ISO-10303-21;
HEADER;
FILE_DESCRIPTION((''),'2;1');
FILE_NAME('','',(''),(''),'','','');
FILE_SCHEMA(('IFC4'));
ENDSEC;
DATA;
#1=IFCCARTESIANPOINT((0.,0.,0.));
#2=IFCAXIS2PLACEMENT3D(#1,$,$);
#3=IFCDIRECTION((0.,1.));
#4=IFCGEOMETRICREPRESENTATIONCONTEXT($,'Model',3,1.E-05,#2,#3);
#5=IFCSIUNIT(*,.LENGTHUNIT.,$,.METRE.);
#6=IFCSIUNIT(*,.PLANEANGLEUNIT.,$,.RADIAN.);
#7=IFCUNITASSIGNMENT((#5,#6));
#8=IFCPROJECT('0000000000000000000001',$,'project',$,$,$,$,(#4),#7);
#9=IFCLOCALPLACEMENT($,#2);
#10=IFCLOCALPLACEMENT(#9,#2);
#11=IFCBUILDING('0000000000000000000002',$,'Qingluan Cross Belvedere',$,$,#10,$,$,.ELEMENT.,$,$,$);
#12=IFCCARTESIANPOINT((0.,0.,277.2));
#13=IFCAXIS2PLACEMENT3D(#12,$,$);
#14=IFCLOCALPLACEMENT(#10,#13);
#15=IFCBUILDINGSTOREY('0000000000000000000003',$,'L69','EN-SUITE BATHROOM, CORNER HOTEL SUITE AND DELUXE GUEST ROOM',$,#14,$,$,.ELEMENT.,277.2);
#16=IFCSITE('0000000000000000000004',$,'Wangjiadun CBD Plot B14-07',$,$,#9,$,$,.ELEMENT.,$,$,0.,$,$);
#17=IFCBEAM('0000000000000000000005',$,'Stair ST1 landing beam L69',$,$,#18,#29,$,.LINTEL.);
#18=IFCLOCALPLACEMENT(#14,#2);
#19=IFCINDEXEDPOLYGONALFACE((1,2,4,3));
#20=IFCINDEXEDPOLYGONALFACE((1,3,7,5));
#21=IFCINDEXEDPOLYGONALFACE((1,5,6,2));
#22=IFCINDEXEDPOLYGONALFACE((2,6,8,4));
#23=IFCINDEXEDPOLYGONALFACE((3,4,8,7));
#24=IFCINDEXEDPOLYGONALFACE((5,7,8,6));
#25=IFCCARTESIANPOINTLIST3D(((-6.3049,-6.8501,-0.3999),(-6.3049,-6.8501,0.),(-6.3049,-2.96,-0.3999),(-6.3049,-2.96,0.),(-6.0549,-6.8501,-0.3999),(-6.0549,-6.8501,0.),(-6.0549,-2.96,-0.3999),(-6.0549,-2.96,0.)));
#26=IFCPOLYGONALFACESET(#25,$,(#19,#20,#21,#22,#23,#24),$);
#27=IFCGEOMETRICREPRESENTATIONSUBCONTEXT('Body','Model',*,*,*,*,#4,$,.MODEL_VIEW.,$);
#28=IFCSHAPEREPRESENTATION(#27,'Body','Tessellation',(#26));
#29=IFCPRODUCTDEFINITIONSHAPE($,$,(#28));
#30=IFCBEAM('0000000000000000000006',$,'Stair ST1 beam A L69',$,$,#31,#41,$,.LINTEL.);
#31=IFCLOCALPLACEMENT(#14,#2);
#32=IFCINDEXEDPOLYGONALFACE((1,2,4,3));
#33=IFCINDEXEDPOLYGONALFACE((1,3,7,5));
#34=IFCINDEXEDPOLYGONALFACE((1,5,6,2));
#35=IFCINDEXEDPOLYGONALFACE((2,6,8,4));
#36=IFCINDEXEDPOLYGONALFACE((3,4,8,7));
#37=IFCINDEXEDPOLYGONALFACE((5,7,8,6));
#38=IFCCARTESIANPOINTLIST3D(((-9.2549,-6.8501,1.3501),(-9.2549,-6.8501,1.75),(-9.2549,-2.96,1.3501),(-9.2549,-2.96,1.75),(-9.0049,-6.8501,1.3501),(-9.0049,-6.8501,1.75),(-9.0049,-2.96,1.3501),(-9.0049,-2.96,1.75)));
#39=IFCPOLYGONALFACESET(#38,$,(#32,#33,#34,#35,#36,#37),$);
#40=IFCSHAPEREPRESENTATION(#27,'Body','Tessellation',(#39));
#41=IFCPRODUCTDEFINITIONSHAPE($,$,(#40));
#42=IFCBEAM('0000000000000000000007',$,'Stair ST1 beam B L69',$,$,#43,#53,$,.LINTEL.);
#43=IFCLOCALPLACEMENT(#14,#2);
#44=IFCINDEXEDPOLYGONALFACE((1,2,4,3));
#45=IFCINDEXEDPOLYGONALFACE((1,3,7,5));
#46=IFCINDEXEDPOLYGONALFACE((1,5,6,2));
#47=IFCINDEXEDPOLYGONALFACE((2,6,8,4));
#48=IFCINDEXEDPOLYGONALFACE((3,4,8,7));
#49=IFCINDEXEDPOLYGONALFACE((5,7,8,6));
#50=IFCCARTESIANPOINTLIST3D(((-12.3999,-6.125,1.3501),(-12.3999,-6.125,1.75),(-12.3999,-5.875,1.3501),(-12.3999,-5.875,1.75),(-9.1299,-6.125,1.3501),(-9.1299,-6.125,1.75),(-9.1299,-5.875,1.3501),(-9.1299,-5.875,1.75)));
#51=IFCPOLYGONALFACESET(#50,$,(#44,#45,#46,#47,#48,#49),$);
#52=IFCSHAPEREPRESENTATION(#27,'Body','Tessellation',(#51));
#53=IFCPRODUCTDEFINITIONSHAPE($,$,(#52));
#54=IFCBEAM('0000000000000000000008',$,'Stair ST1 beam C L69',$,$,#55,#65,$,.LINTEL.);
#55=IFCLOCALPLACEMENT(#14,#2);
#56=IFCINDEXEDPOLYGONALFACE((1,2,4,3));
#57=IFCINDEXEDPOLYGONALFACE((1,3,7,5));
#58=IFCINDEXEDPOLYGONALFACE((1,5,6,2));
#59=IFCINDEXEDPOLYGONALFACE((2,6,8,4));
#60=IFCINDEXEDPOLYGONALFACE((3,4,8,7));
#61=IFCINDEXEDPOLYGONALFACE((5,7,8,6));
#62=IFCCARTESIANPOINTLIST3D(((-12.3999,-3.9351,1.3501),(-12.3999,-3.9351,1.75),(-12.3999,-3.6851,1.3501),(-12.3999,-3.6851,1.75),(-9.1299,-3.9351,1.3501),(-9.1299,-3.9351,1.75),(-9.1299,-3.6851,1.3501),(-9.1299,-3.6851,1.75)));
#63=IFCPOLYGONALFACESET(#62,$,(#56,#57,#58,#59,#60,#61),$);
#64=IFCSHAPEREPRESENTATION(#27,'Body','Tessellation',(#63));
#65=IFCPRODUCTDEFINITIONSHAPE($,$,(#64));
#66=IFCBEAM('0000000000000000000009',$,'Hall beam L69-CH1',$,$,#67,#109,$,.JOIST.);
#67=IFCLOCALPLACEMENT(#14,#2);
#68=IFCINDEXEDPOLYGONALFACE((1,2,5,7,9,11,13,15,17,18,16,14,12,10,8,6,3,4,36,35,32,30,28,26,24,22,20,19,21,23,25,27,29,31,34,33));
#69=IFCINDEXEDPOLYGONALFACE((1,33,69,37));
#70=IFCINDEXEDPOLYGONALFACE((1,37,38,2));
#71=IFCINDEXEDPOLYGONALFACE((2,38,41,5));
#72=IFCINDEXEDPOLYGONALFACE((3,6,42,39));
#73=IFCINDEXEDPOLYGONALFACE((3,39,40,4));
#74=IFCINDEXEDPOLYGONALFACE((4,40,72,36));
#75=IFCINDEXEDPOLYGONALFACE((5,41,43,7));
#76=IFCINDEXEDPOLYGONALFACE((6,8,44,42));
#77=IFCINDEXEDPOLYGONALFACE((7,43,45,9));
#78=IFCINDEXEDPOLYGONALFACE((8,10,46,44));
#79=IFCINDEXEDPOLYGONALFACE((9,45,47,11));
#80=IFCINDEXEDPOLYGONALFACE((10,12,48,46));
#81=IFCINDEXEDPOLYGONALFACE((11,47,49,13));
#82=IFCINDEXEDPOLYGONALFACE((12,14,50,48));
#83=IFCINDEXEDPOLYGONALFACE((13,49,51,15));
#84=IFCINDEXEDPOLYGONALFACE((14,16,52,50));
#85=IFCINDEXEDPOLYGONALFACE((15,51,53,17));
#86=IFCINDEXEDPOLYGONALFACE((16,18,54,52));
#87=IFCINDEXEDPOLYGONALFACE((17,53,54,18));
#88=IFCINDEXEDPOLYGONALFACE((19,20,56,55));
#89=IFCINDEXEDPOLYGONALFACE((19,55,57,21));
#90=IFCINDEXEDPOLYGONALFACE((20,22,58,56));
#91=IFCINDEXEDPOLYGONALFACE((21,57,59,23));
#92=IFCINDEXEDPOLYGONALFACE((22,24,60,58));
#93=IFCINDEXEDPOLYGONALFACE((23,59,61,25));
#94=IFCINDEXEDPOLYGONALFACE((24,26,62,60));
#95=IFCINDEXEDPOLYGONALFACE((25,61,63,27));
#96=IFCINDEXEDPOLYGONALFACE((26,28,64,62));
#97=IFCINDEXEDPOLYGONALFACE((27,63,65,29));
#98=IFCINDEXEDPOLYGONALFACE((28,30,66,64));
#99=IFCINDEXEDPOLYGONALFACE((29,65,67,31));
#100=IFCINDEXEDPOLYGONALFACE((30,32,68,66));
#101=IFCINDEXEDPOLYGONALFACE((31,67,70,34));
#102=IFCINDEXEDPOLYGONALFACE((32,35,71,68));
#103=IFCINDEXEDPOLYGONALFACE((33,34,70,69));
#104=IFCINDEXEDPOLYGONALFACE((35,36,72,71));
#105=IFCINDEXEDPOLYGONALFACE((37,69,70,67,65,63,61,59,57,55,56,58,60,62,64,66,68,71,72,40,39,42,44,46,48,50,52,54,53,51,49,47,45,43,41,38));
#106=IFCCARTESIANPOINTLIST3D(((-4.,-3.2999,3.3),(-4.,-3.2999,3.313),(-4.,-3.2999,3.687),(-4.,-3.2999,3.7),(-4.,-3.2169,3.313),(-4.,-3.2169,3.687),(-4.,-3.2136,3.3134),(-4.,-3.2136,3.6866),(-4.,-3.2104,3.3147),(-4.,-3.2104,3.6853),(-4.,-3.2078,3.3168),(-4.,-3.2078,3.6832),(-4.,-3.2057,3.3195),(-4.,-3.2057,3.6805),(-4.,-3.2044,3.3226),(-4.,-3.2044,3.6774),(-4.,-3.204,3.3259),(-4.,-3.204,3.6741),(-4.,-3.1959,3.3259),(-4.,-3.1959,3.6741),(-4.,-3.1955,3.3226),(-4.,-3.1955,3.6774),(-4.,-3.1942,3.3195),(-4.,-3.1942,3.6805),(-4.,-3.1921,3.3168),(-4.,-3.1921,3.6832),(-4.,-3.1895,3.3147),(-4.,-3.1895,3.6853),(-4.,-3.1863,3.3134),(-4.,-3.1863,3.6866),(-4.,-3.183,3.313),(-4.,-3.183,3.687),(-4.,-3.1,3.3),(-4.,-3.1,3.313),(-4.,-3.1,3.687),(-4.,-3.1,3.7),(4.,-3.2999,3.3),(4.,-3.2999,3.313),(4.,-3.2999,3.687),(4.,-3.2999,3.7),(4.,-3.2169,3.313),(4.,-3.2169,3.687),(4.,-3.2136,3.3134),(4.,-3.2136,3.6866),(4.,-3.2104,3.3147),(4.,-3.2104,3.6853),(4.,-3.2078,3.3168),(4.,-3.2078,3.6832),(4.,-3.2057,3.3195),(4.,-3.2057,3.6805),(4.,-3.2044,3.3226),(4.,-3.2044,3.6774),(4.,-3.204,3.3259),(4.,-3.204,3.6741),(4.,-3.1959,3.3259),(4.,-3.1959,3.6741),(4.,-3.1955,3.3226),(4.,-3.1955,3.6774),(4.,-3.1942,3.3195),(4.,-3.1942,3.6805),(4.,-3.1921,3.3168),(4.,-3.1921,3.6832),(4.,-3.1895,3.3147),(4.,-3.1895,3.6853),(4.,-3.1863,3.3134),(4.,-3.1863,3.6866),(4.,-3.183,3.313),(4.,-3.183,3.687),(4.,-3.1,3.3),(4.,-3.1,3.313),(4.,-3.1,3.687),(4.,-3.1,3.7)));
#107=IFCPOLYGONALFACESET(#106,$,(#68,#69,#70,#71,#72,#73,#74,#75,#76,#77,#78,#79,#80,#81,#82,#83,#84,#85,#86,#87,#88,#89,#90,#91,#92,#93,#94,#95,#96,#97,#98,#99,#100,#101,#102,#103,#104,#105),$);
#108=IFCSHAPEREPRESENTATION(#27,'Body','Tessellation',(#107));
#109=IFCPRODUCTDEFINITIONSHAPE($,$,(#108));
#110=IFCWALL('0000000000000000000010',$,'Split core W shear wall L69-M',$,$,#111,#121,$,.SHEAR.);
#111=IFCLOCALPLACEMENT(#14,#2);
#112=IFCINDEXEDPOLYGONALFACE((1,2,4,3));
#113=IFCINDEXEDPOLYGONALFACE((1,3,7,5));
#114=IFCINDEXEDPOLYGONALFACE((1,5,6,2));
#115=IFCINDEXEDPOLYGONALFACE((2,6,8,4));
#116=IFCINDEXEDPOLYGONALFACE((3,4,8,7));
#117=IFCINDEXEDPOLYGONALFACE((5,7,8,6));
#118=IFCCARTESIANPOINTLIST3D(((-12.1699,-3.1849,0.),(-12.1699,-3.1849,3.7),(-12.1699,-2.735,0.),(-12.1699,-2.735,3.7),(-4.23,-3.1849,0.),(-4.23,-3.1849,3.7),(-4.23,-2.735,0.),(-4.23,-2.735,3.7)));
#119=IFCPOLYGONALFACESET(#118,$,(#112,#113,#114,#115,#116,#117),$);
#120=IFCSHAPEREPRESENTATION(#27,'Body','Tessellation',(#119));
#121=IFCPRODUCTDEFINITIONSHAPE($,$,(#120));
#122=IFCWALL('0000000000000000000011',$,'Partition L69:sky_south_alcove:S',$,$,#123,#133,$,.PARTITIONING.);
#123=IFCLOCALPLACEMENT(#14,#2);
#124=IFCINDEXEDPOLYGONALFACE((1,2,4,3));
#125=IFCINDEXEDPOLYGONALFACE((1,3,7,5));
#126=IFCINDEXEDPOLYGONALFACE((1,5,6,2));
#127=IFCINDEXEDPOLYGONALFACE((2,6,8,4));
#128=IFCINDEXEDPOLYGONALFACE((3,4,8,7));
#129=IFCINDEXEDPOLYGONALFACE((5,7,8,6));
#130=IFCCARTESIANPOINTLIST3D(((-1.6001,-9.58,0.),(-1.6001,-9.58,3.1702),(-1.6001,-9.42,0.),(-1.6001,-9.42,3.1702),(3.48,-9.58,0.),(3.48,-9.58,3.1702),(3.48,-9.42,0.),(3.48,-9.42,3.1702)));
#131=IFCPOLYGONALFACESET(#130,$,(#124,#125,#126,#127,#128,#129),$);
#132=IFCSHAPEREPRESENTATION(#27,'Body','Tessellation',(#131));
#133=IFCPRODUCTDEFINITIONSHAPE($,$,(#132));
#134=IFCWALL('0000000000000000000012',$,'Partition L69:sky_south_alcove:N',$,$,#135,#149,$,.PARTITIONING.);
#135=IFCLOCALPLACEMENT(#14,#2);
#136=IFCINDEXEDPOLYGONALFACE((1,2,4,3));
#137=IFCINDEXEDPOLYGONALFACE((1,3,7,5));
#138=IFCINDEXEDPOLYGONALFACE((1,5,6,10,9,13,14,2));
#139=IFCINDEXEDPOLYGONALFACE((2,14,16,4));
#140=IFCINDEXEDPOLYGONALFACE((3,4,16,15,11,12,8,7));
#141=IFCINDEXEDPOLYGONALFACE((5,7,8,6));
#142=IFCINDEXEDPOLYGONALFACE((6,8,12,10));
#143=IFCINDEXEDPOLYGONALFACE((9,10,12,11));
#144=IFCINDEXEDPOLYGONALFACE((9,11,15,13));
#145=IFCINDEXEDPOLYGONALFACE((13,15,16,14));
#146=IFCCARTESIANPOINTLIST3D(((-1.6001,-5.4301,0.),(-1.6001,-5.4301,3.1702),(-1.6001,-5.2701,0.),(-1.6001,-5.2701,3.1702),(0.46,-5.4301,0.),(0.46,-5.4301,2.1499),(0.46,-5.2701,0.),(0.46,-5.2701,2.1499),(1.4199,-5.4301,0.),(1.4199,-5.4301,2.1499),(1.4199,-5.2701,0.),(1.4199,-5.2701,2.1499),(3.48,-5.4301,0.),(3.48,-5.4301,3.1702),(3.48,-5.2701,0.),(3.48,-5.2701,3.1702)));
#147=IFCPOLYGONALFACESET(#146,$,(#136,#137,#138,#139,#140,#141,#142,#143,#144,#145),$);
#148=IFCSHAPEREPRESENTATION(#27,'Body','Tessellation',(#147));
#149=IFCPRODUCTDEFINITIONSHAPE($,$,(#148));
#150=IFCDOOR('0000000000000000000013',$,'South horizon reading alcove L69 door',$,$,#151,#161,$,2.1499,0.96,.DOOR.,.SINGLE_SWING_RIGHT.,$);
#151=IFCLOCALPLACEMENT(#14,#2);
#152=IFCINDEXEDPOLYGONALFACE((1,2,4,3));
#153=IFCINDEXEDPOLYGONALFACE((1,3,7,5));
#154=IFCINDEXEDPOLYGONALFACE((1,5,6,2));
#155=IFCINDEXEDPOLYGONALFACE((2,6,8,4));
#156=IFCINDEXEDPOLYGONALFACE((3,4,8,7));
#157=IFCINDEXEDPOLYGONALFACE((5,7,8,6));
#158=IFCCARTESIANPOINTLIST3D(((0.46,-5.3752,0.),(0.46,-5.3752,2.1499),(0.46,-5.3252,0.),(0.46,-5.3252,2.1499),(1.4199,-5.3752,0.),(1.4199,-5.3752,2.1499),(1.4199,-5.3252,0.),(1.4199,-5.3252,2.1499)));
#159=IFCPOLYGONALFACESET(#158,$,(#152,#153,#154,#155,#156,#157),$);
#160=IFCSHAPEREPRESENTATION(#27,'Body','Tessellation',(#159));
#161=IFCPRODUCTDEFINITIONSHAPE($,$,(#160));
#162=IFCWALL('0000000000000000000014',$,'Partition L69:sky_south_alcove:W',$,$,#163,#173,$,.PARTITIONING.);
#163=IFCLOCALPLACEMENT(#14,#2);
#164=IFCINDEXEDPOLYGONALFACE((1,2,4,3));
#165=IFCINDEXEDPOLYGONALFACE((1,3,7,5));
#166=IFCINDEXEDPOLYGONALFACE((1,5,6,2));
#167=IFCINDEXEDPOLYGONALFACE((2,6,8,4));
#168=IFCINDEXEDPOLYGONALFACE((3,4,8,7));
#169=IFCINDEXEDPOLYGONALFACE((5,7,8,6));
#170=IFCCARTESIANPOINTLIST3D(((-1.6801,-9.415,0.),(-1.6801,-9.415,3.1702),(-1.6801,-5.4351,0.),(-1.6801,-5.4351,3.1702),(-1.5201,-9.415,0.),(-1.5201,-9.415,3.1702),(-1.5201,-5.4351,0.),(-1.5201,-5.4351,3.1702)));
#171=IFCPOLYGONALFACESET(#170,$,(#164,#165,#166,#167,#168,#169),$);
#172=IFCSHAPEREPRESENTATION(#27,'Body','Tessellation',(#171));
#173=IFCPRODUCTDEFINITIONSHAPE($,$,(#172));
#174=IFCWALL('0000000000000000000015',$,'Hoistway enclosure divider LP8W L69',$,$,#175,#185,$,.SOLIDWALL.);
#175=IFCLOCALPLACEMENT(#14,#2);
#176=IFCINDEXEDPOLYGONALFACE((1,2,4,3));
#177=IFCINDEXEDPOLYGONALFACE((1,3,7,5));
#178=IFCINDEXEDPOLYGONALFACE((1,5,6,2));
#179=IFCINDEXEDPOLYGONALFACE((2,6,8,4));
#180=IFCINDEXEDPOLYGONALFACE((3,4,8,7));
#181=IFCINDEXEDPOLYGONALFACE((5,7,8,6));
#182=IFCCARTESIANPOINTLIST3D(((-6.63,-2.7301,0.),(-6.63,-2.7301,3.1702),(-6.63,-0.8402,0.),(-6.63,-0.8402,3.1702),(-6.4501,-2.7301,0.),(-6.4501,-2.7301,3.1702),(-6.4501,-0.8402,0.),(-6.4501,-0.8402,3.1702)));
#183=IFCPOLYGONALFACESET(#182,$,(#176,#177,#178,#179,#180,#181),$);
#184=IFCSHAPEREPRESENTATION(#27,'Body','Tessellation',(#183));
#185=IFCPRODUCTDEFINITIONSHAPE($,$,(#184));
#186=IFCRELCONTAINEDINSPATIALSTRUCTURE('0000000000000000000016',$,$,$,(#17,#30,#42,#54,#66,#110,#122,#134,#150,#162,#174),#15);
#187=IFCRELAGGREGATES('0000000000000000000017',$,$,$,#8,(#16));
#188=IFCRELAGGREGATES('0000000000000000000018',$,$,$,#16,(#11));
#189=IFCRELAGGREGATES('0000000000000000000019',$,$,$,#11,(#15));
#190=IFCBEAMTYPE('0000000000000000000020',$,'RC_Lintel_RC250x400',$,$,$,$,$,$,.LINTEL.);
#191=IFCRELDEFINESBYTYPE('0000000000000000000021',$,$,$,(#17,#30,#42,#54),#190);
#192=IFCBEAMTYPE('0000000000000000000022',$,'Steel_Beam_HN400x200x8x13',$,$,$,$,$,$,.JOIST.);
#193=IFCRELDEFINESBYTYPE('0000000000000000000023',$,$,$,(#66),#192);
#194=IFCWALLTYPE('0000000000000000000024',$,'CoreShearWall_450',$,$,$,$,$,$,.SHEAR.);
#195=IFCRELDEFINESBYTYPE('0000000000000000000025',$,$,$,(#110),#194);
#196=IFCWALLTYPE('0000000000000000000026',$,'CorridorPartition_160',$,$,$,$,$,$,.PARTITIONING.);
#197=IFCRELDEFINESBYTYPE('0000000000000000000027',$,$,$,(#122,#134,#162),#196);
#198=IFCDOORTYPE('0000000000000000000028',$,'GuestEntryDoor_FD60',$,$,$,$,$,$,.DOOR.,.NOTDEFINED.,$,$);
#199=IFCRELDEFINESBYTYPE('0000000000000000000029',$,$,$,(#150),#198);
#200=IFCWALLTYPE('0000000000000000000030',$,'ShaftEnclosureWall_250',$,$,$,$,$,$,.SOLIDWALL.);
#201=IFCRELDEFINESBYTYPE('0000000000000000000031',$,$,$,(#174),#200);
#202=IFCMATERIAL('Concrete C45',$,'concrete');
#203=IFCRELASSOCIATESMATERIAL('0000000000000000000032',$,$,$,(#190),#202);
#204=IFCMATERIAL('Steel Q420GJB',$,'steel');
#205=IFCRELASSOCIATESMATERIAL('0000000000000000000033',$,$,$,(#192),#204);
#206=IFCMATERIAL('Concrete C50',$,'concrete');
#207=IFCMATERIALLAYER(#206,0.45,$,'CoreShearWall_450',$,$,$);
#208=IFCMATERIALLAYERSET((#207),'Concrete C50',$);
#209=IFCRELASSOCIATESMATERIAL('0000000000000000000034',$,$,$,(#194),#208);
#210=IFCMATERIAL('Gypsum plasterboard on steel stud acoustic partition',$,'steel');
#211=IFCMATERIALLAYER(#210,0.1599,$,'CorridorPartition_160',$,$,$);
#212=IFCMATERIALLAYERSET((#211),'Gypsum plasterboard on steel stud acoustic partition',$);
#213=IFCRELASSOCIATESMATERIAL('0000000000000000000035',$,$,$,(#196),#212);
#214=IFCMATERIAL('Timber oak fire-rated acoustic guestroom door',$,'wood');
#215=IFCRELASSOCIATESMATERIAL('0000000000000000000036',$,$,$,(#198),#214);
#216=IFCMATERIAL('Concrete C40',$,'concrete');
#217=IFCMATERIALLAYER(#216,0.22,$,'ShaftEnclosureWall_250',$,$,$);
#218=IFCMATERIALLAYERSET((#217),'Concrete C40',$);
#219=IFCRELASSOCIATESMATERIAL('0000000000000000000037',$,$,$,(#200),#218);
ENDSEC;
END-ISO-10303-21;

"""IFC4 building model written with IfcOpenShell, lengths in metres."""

from ifc_helpers import new_model, si_unit, direction, frame, frame_2d, origin, origin_2d, place, context, subcontext, project, spatial, rectangle, i_section, extrude, material, layer, layer_set, material_profile, profile_set, type_object, element, fill, save


model = new_model("IFC4")

# Units and contexts
model_context = context("Model", 3, precision=1e-05, world=origin(), true_north=direction((0.0, 1.0)))
body_context = subcontext(model_context, "Body", "Model", "MODEL_VIEW")
ifc_project = project(units=[si_unit("LENGTHUNIT", "METRE"), si_unit("PLANEANGLEUNIT", "RADIAN")], contexts=[model_context])

# Site, building, storey
site_placement = place(None, origin())
site = spatial("IfcSite", under=ifc_project, at=site_placement, Name="Wangjiadun CBD Plot B14-07", CompositionType="ELEMENT", RefElevation=0.0)
building_placement = place(site_placement, origin())
building = spatial("IfcBuilding", under=site, at=building_placement, Name="Qingluan Cross Belvedere", CompositionType="ELEMENT")
storey_placement = place(building_placement, frame((0.0, 0.0, 277.2)))
storey = spatial("IfcBuildingStorey", under=building, at=storey_placement, Name="L69", Description="EN-SUITE BATHROOM, CORNER HOTEL SUITE AND DELUXE GUEST ROOM", CompositionType="ELEMENT", Elevation=277.2)

# Beams
ifc_material_1 = material(Name="Concrete C45", Category="concrete")
ifc_material_profile_1 = material_profile(ifc_material_1, rectangle(XDim=0.25, YDim=0.3999, at=origin_2d()), Name="RC250x400")
ifc_profile_set_1 = profile_set([ifc_material_profile_1], Name="Concrete C45")
beam_type_1 = type_object("IfcBeamType", Name="RC_Lintel_RC250x400", PredefinedType="LINTEL", material=ifc_profile_set_1)
for number, where, z_axis, x_axis, name in (
    (1, (-6.1799, -6.8501, -0.2), (0.0, 1.0, 0.0), (-1.0, 0.0, 0.0), "Stair ST1 landing beam L69"),
    (2, (-9.1299, -6.8501, 1.55), (0.0, 1.0, 0.0), (-1.0, 0.0, 0.0), "Stair ST1 beam A L69"),
):
    element("IfcBeam", number, at=place(storey_placement, frame(where, z_axis=z_axis, x_axis=x_axis)), inside=storey, type_object=beam_type_1, Name=name, PredefinedType="LINTEL", context=body_context, shape_type="SweptSolid", body=[
        extrude(rectangle(XDim=0.25, YDim=0.3999, at=origin_2d()), origin(), (0.0, 0.0, 1.0), 3.8901),
    ])
for number, where, z_axis, x_axis, name in (
    (3, (-12.3999, -6.0, 1.55), (1.0, 0.0, 0.0), (0.0, 1.0, 0.0), "Stair ST1 beam B L69"),
    (4, (-12.3999, -3.8101, 1.55), (1.0, 0.0, 0.0), (0.0, 1.0, 0.0), "Stair ST1 beam C L69"),
):
    element("IfcBeam", number, at=place(storey_placement, frame(where, z_axis=z_axis, x_axis=x_axis)), inside=storey, type_object=beam_type_1, Name=name, PredefinedType="LINTEL", context=body_context, shape_type="SweptSolid", body=[
        extrude(rectangle(XDim=0.25, YDim=0.3999, at=origin_2d()), origin(), (0.0, 0.0, 1.0), 3.27),
    ])
ifc_material_2 = material(Name="Steel Q420GJB", Category="steel")
ifc_material_profile_2 = material_profile(ifc_material_2, i_section(OverallWidth=0.2, OverallDepth=0.3999, WebThickness=0.0081, FlangeThickness=0.0129, FilletRadius=0.0129, at=origin_2d()), Name="HN400x200x8x13")
ifc_profile_set_2 = profile_set([ifc_material_profile_2], Name="Steel Q420GJB")
beam_type_2 = type_object("IfcBeamType", Name="Steel_Beam_HN400x200x8x13", PredefinedType="JOIST", material=ifc_profile_set_2)
beam_placement = place(storey_placement, frame((-4.0, -3.2, 3.5), z_axis=(1.0, 0.0, 0.0), x_axis=(0.0, 1.0, 0.0)))
element("IfcBeam", 5, at=beam_placement, inside=storey, type_object=beam_type_2, Name="Hall beam L69-CH1", PredefinedType="JOIST", context=body_context, shape_type="SweptSolid", body=[
    extrude(i_section(OverallWidth=0.2, OverallDepth=0.3999, WebThickness=0.0081, FlangeThickness=0.0129, FilletRadius=0.0129, at=origin_2d()), origin(), (0.0, 0.0, 1.0), 8.0),
])

# Shared definitions
ifc_material_3 = material(Name="Concrete C50", Category="concrete")
ifc_layer_1 = layer(ifc_material_3, 0.45, Name="CoreShearWall_450")
ifc_layer_set_1 = layer_set([ifc_layer_1], Name="Concrete C50")
wall_type_1 = type_object("IfcWallType", Name="CoreShearWall_450", PredefinedType="SHEAR", material=ifc_layer_set_1)

# Walls
wall_1_placement = place(storey_placement, frame((-12.1699, -2.96, 0.0), z_axis=(0.0, 0.0, 1.0), x_axis=(1.0, 0.0, 0.0)))
element("IfcWall", 6, at=wall_1_placement, inside=storey, type_object=wall_type_1, Name="Split core W shear wall L69-M", PredefinedType="SHEAR", context=body_context, shape_type="SweptSolid", body=[
    extrude(rectangle(XDim=7.9399, YDim=0.45, at=frame_2d((3.97, 0.0))), origin(), (0.0, 0.0, 1.0), 3.7),
])
ifc_material_4 = material(Name="Gypsum plasterboard on steel stud acoustic partition", Category="steel")
ifc_layer_2 = layer(ifc_material_4, 0.1599, Name="CorridorPartition_160")
ifc_layer_set_2 = layer_set([ifc_layer_2], Name="Gypsum plasterboard on steel stud acoustic partition")
wall_type_2 = type_object("IfcWallType", Name="CorridorPartition_160", PredefinedType="PARTITIONING", material=ifc_layer_set_2)
wall_2_placement = place(storey_placement, frame((-1.6001, -9.5, 0.0), z_axis=(0.0, 0.0, 1.0), x_axis=(1.0, 0.0, 0.0)))
element("IfcWall", 7, at=wall_2_placement, inside=storey, type_object=wall_type_2, Name="Partition L69:sky_south_alcove:S", PredefinedType="PARTITIONING", context=body_context, shape_type="SweptSolid", body=[
    extrude(rectangle(XDim=5.0801, YDim=0.1599, at=frame_2d((2.54, 0.0))), origin(), (0.0, 0.0, 1.0), 3.1702),
])

# Wall, opening, door
wall_3_placement = place(storey_placement, frame((-1.6001, -5.3501, 0.0), z_axis=(0.0, 0.0, 1.0), x_axis=(1.0, 0.0, 0.0)))
wall_3 = element("IfcWall", 8, at=wall_3_placement, inside=storey, type_object=wall_type_2, Name="Partition L69:sky_south_alcove:N", PredefinedType="PARTITIONING", context=body_context, shape_type="SweptSolid", body=[
    extrude(rectangle(XDim=5.0801, YDim=0.1599, at=frame_2d((2.54, 0.0))), origin(), (0.0, 0.0, 1.0), 3.1702),
])
opening_1_placement = place(wall_3_placement, frame((2.0601, 0.0, 0.0)))
opening_1 = element("IfcOpeningElement", 9, at=opening_1_placement, cuts=wall_3, PredefinedType="OPENING", context=body_context, shape_type="SweptSolid", body=[
    extrude(rectangle(XDim=0.96, YDim=2.1499, at=frame_2d((0.48, 1.075))), frame((0.0, 0.0898, 0.0), z_axis=(0.0, -1.0, 0.0), x_axis=(1.0, 0.0, 0.0)), (0.0, 0.0, 1.0), 0.1799),
])
ifc_material_5 = material(Name="Timber oak fire-rated acoustic guestroom door", Category="wood")
door_type_1 = type_object("IfcDoorType", Name="GuestEntryDoor_FD60", OperationType="NOTDEFINED", PredefinedType="DOOR", material=ifc_material_5)
door_1_placement = place(opening_1_placement, origin())
door_1 = element("IfcDoor", 10, at=door_1_placement, inside=storey, type_object=door_type_1, Name="South horizon reading alcove L69 door", OperationType="SINGLE_SWING_RIGHT", OverallHeight=2.1499, OverallWidth=0.96, PredefinedType="DOOR", context=body_context, shape_type="SweptSolid", body=[
    extrude(rectangle(XDim=0.96, YDim=2.1499, at=frame_2d((0.48, 1.075))), frame((0.0, 0.0249, 0.0), z_axis=(0.0, -1.0, 0.0), x_axis=(1.0, 0.0, 0.0)), (0.0, 0.0, 1.0), 0.05),
])
fill(opening_1, door_1)

# Wall
wall_4_placement = place(storey_placement, frame((-1.6001, -9.415, 0.0), z_axis=(0.0, 0.0, 1.0), x_axis=(0.0, 1.0, 0.0)))
element("IfcWall", 11, at=wall_4_placement, inside=storey, type_object=wall_type_2, Name="Partition L69:sky_south_alcove:W", PredefinedType="PARTITIONING", context=body_context, shape_type="SweptSolid", body=[
    extrude(rectangle(XDim=3.98, YDim=0.1599, at=frame_2d((1.99, 0.0))), origin(), (0.0, 0.0, 1.0), 3.1702),
])

# Wall
ifc_material_6 = material(Name="Concrete C40", Category="concrete")
ifc_layer_3 = layer(ifc_material_6, 0.22, Name="ShaftEnclosureWall_250")
ifc_layer_set_3 = layer_set([ifc_layer_3], Name="Concrete C40")
wall_type_3 = type_object("IfcWallType", Name="ShaftEnclosureWall_250", PredefinedType="SOLIDWALL", material=ifc_layer_set_3)
wall_5_placement = place(storey_placement, frame((-6.54, -2.73, 0.0), z_axis=(0.0, 0.0, 1.0), x_axis=(0.0, 1.0, 0.0)))
element("IfcWall", 12, at=wall_5_placement, inside=storey, type_object=wall_type_3, Name="Hoistway enclosure divider LP8W L69", PredefinedType="SOLIDWALL", context=body_context, shape_type="SweptSolid", body=[
    extrude(rectangle(XDim=1.8899, YDim=0.1799, at=frame_2d((0.9448, 0.0))), origin(), (0.0, 0.0, 1.0), 3.1702),
])

save(model, "model.ifc")
